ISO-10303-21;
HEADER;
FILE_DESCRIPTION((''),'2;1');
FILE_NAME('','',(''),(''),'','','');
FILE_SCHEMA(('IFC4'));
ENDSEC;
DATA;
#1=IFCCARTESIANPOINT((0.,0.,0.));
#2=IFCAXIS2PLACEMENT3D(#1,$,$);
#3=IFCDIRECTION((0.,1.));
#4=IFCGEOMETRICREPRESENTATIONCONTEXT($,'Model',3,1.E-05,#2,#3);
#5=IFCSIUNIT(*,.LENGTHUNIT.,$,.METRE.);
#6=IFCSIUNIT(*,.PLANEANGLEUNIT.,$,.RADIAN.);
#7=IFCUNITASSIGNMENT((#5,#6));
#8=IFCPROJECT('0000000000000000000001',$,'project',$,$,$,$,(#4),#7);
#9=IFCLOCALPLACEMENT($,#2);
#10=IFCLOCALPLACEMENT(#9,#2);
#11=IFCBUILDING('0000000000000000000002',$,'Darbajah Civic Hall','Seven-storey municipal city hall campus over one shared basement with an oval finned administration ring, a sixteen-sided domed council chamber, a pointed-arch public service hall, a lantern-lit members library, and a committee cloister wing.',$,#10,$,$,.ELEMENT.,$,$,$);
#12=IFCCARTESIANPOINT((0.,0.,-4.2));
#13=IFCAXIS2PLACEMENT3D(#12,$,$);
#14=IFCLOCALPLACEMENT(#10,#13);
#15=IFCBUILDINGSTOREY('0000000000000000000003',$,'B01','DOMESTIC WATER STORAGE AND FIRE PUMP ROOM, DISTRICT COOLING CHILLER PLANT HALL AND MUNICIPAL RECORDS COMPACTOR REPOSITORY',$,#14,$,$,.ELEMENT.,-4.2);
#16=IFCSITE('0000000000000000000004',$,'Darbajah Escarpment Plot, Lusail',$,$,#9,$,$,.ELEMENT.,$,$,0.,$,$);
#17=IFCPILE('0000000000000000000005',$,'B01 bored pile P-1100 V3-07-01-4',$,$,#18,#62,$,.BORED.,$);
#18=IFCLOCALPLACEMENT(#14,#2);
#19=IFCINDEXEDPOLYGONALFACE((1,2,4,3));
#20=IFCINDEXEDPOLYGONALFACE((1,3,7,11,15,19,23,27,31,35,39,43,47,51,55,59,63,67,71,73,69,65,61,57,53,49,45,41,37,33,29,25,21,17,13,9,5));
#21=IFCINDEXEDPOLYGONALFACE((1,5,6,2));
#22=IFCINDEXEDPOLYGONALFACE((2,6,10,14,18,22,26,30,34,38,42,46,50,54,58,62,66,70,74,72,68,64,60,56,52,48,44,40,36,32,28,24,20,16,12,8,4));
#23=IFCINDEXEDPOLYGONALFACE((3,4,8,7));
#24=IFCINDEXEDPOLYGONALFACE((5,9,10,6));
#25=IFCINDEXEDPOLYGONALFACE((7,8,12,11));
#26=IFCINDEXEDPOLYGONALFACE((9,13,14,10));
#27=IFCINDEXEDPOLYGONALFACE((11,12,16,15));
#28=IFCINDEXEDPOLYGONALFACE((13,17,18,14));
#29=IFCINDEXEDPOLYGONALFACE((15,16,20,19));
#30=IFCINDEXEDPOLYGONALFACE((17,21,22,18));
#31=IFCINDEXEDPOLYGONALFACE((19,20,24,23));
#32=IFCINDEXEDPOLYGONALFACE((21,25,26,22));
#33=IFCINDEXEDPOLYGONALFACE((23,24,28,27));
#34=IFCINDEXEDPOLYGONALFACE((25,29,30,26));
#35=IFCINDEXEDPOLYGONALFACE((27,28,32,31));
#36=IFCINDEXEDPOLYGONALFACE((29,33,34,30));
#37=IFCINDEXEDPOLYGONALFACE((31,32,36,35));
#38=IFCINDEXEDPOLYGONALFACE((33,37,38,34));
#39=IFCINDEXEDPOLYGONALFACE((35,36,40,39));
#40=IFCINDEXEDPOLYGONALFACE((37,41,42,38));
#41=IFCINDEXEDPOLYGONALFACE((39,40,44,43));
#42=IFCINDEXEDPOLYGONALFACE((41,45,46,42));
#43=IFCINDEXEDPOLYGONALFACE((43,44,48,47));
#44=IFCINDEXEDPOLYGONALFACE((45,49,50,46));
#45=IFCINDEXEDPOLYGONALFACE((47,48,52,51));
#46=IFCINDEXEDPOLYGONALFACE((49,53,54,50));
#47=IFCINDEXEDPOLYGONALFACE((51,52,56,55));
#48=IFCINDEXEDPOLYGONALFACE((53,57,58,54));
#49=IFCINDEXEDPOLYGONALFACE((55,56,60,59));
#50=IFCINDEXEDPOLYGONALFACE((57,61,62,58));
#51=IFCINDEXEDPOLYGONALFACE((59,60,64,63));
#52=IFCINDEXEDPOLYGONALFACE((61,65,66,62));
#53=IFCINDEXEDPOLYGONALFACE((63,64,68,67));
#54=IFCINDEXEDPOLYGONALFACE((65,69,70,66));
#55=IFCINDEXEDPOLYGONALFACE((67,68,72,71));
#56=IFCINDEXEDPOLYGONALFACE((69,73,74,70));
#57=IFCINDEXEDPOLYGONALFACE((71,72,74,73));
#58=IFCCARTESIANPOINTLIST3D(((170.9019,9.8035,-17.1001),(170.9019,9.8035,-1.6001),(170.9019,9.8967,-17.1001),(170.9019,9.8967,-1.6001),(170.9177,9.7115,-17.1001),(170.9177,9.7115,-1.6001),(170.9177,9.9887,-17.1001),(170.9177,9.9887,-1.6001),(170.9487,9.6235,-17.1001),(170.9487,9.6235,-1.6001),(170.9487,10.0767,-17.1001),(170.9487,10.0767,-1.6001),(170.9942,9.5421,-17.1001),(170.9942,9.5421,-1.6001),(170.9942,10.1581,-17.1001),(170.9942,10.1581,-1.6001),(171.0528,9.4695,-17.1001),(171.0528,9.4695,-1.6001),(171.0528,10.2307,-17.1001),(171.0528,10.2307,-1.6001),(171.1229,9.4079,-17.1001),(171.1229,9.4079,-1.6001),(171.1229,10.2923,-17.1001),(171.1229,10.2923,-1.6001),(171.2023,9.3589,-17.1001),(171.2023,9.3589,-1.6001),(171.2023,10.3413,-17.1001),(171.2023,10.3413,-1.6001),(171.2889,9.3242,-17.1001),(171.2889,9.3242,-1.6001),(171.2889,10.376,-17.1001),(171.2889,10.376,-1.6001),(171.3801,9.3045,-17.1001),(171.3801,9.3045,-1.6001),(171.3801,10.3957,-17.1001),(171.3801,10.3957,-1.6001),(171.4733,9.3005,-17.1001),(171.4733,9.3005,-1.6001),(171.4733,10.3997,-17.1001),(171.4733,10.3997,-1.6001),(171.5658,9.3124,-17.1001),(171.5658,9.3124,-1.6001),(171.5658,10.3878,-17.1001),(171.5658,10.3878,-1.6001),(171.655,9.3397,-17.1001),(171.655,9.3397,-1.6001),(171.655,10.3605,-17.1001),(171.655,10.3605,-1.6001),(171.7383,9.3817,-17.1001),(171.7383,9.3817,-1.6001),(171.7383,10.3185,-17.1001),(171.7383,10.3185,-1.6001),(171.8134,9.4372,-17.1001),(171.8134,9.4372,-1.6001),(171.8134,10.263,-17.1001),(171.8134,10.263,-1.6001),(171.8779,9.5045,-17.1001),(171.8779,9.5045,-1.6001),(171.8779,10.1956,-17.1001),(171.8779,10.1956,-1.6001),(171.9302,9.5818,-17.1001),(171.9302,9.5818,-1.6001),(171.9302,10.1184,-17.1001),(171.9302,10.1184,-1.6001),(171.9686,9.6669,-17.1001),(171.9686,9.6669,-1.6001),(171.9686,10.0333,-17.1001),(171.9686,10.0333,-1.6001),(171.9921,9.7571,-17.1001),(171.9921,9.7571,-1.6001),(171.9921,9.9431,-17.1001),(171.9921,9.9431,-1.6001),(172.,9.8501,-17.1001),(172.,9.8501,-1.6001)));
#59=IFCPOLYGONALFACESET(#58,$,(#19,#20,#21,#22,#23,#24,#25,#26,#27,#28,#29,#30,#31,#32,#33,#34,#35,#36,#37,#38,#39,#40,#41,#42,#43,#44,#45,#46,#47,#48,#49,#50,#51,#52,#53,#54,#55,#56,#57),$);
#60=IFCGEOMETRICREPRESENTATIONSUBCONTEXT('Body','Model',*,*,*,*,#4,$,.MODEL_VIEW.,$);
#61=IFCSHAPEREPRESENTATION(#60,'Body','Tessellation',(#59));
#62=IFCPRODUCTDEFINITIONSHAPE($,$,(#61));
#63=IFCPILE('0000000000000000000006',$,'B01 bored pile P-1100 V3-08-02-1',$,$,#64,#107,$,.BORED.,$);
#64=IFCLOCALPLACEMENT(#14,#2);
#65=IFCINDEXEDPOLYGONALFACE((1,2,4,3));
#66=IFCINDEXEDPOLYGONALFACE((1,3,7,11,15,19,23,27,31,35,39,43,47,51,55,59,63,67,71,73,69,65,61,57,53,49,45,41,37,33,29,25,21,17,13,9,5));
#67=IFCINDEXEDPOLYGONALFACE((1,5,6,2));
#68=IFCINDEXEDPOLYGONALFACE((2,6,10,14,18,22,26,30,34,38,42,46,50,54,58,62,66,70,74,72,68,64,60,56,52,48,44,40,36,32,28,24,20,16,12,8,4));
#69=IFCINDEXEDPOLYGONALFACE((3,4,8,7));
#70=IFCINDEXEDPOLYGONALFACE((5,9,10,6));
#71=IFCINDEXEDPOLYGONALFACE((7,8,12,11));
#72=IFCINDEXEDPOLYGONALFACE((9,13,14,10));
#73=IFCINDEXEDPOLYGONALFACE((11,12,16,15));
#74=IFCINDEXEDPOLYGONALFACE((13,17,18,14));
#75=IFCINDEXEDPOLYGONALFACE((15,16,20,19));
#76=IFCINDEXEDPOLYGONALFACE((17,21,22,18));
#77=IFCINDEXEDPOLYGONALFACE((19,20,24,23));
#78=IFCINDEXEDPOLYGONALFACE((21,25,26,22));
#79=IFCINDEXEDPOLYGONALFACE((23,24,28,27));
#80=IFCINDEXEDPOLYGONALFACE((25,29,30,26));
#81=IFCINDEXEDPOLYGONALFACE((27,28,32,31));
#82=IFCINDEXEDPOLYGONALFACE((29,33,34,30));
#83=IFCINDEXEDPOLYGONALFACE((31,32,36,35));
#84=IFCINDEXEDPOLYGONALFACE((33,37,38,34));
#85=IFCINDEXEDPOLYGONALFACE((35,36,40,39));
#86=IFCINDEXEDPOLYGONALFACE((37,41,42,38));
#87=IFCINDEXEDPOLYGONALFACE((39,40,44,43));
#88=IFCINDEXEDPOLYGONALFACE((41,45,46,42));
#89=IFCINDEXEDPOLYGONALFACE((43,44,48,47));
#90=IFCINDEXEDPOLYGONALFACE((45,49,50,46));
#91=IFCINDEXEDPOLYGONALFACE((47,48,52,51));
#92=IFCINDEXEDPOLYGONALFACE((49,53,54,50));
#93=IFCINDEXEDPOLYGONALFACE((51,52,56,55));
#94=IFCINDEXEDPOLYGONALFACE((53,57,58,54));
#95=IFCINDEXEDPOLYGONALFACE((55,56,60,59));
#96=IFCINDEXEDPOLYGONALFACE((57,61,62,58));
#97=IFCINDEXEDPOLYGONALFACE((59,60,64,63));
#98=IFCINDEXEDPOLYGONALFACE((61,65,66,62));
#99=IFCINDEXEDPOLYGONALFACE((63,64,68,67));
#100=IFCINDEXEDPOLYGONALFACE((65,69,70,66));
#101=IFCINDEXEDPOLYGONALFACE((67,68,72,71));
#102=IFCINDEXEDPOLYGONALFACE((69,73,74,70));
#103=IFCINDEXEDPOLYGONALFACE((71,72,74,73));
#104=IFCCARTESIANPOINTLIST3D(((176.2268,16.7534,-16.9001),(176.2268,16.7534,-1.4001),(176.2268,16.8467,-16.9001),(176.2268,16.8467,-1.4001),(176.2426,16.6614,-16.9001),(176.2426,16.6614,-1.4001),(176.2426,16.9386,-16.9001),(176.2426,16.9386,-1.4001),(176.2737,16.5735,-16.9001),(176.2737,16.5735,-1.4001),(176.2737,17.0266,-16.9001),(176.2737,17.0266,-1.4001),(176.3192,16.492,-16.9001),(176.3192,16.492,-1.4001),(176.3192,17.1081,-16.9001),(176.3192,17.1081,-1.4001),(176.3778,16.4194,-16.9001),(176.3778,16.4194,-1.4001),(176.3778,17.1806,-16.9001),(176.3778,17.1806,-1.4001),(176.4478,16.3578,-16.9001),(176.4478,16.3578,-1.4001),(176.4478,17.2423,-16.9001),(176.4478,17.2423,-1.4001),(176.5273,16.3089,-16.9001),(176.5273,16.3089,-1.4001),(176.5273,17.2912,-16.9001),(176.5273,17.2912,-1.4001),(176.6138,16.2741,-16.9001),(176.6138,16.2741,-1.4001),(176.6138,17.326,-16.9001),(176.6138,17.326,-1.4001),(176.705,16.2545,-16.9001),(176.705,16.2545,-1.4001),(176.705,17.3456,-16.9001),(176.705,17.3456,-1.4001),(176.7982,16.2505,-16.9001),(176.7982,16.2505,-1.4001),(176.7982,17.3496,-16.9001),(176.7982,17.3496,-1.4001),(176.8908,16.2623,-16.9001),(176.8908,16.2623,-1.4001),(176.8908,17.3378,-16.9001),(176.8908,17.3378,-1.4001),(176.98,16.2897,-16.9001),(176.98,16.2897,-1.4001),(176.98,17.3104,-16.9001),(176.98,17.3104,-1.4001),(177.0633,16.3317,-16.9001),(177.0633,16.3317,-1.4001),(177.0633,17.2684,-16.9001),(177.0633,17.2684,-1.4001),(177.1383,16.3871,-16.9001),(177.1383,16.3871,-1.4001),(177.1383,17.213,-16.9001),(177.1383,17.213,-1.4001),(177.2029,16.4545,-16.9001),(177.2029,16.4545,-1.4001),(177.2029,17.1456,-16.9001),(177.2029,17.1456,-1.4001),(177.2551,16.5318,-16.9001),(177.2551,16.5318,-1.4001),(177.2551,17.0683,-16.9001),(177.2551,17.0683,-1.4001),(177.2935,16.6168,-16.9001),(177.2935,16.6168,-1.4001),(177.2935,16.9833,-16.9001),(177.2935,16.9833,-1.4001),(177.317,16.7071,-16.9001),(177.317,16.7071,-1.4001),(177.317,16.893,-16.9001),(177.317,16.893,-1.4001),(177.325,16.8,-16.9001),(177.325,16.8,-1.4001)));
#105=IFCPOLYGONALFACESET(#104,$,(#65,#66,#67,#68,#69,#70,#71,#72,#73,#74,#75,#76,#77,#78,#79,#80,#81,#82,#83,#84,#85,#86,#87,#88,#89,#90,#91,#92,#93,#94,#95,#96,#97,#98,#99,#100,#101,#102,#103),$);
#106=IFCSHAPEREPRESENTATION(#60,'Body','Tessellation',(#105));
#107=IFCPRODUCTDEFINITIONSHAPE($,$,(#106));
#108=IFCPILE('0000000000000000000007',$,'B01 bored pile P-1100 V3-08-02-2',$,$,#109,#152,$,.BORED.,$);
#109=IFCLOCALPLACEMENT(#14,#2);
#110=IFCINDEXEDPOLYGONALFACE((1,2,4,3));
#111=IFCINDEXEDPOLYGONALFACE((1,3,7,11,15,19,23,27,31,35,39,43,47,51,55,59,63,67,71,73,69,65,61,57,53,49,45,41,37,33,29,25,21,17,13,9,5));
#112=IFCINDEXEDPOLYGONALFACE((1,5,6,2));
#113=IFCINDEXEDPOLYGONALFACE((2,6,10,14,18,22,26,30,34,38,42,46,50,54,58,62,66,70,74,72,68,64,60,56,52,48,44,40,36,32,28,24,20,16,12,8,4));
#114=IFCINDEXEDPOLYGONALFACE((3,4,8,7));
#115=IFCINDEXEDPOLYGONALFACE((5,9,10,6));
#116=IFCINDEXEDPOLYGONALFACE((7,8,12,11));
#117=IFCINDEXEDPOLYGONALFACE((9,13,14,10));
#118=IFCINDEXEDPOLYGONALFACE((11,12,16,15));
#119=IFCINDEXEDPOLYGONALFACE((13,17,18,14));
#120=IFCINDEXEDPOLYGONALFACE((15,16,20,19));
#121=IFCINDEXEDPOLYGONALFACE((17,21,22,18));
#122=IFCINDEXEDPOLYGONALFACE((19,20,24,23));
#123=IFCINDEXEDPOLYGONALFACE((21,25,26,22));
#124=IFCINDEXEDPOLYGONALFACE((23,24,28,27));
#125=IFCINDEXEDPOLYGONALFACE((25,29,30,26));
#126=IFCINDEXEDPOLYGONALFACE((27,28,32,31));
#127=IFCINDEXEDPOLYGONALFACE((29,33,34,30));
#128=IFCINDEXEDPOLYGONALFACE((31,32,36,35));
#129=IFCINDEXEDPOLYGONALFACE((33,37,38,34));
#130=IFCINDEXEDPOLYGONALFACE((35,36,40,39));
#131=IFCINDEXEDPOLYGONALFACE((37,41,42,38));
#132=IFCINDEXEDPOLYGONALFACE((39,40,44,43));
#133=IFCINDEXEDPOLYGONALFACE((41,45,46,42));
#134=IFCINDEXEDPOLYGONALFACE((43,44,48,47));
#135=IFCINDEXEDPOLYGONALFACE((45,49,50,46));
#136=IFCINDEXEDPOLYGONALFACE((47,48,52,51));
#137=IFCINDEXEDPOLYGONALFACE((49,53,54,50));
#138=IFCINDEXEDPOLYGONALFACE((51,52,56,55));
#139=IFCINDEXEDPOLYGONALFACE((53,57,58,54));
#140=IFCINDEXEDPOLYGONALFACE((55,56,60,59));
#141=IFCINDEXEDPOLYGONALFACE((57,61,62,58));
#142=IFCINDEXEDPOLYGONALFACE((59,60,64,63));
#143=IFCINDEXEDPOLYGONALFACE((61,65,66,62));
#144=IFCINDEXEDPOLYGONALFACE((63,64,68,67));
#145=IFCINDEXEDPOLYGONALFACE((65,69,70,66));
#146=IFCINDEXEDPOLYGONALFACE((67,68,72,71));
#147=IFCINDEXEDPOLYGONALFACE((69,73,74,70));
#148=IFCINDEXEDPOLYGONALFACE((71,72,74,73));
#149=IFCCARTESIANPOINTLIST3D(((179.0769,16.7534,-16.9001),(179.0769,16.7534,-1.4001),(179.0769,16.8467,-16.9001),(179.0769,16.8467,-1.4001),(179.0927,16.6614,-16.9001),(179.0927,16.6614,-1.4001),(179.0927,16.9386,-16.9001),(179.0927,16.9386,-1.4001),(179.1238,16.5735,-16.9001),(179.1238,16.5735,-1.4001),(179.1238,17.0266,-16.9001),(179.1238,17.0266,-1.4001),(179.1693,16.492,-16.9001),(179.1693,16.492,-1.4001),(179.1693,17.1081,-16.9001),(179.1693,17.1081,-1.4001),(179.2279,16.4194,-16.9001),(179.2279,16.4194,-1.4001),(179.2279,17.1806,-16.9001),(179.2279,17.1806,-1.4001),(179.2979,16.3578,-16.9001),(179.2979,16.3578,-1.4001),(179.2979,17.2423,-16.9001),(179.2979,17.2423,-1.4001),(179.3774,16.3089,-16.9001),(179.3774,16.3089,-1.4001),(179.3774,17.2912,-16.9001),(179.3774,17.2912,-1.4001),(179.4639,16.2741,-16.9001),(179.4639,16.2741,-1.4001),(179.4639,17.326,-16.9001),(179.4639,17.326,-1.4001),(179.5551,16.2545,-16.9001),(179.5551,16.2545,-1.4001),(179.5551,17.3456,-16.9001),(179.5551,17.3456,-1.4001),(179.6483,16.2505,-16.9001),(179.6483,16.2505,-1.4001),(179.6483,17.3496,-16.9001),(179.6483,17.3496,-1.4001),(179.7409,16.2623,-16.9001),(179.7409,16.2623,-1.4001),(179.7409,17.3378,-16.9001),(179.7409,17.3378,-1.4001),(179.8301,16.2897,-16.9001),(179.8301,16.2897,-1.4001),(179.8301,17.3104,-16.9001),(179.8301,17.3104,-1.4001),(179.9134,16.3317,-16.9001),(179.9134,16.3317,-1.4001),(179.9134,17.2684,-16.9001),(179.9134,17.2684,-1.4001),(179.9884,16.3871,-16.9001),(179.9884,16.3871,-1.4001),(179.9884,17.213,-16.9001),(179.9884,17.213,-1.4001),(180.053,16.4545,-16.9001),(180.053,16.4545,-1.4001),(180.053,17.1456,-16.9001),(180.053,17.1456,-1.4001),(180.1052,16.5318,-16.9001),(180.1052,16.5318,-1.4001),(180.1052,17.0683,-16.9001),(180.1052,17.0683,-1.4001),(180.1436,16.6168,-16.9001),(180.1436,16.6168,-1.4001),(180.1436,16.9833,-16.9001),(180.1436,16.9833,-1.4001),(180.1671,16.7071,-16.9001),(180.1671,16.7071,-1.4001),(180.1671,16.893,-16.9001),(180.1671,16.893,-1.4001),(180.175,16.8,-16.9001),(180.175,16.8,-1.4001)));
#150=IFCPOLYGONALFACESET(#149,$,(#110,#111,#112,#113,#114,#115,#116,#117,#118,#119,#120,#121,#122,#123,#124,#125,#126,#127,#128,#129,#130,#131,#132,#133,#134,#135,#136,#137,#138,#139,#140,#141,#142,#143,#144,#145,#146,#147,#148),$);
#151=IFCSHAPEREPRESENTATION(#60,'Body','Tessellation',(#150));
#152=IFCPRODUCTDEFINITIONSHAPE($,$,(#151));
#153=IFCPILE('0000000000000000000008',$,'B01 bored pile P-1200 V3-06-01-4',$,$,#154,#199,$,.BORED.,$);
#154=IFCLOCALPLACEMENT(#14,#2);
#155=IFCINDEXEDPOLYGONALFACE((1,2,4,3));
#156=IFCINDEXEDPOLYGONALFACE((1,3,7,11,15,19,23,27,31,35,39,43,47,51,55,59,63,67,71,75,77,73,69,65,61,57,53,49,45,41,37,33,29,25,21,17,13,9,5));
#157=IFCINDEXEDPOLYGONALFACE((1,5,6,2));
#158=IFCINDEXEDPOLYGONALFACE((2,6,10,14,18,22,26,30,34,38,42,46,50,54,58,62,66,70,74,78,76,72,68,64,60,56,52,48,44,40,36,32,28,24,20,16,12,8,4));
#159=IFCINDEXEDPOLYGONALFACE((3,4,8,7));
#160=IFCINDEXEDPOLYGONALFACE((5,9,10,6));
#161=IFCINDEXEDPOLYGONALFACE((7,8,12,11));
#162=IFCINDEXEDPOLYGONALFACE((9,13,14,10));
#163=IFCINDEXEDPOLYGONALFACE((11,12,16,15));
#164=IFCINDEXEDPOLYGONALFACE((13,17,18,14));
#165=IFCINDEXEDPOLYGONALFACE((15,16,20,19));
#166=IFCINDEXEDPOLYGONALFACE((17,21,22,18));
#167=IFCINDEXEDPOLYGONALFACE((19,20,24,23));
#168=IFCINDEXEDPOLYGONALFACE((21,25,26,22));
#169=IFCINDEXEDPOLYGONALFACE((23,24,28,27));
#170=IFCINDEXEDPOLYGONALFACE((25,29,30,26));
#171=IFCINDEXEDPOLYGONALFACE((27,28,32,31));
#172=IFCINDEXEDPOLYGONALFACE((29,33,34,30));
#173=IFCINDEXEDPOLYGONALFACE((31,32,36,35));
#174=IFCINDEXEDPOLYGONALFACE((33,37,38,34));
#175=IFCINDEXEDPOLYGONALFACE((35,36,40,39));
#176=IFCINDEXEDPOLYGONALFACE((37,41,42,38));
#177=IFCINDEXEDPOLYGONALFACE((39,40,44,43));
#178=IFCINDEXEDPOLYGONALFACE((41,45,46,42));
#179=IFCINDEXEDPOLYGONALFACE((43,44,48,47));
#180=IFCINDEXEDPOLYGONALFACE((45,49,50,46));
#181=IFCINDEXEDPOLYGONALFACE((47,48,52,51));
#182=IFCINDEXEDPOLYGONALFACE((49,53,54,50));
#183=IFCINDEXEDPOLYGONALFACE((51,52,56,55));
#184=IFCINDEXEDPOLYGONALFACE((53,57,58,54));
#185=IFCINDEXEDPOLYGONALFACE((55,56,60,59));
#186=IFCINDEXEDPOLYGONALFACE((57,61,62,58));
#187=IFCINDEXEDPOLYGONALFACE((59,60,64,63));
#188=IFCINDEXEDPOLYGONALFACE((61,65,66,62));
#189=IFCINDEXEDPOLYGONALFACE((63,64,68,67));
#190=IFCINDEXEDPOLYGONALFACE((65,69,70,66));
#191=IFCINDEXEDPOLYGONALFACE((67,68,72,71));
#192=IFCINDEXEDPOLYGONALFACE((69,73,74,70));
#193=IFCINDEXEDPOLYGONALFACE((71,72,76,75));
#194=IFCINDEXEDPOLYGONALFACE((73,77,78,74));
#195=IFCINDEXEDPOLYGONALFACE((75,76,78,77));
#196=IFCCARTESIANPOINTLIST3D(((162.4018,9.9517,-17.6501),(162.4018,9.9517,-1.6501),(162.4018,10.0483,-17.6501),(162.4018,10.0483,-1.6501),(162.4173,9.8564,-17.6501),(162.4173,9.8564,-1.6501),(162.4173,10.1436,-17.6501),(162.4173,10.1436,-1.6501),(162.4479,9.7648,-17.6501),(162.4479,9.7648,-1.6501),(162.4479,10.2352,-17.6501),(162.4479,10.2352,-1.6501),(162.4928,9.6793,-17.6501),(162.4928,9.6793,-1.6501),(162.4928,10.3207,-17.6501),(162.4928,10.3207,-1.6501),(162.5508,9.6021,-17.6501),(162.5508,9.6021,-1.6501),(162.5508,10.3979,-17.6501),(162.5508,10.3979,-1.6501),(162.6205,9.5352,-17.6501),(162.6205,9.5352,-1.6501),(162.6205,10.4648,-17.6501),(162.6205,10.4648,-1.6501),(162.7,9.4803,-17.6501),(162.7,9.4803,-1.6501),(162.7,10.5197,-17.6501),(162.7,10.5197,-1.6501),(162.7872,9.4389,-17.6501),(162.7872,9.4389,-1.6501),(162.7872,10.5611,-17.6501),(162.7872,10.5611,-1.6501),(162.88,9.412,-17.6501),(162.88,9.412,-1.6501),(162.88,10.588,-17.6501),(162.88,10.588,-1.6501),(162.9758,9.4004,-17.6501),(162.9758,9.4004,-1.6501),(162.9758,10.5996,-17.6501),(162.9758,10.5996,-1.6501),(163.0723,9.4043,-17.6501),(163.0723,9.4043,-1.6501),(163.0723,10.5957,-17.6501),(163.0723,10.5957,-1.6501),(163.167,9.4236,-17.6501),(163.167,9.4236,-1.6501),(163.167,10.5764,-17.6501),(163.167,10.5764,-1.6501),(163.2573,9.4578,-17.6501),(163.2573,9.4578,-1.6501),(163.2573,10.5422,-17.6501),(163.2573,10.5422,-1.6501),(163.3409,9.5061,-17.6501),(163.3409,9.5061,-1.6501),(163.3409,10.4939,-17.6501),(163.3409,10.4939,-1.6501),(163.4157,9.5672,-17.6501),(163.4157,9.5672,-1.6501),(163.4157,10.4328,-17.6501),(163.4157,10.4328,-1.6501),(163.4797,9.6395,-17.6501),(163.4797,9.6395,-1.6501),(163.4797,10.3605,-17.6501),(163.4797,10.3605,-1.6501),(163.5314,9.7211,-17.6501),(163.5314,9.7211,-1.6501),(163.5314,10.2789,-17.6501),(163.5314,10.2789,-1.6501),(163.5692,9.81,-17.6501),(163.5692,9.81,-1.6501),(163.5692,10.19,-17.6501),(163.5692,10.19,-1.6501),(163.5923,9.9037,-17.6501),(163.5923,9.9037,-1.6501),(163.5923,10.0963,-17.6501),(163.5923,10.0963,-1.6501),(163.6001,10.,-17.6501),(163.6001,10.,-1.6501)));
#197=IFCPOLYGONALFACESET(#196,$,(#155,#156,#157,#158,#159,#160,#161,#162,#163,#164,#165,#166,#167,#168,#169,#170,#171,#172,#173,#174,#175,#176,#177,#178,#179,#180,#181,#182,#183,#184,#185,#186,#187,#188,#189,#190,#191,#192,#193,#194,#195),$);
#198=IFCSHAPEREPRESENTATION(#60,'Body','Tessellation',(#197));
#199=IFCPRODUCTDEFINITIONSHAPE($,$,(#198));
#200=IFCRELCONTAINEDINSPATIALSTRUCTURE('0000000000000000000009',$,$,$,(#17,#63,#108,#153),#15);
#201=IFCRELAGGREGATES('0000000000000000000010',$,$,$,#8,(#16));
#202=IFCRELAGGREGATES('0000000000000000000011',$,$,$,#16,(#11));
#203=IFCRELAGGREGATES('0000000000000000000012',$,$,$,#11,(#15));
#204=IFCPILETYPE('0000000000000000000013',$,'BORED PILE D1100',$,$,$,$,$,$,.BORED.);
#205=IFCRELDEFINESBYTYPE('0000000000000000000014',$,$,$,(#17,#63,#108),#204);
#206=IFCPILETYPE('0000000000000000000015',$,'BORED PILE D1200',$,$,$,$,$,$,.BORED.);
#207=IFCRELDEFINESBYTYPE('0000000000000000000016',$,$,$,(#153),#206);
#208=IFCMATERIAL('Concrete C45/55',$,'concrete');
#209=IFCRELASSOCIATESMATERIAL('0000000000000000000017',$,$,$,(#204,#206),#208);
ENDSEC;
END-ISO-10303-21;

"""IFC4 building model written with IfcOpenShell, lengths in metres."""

from ifc_helpers import new_model, si_unit, direction, frame, origin, origin_2d, place, context, subcontext, project, spatial, circle, extrude, material, material_profile, profile_set, type_object, element, save


model = new_model("IFC4")

# Units and contexts
model_context = context("Model", 3, precision=1e-05, world=origin(), true_north=direction((0.0, 1.0)))
body_context = subcontext(model_context, "Body", "Model", "MODEL_VIEW")
ifc_project = project(units=[si_unit("LENGTHUNIT", "METRE"), si_unit("PLANEANGLEUNIT", "RADIAN")], contexts=[model_context])

# Site, building, storey
site_placement = place(None, origin())
site = spatial("IfcSite", under=ifc_project, at=site_placement, Name="Darbajah Escarpment Plot, Lusail", CompositionType="ELEMENT", RefElevation=0.0)
building_placement = place(site_placement, origin())
building = spatial("IfcBuilding", under=site, at=building_placement, Name="Darbajah Civic Hall", Description="Seven-storey municipal city hall campus over one shared basement with an oval finned administration ring, a sixteen-sided domed council chamber, a pointed-arch public service hall, a lantern-lit members library, and a committee cloister wing.", CompositionType="ELEMENT")
storey_placement = place(building_placement, frame((0.0, 0.0, -4.2)))
storey = spatial("IfcBuildingStorey", under=building, at=storey_placement, Name="B01", Description="DOMESTIC WATER STORAGE AND FIRE PUMP ROOM, DISTRICT COOLING CHILLER PLANT HALL AND MUNICIPAL RECORDS COMPACTOR REPOSITORY", CompositionType="ELEMENT", Elevation=-4.2)

# Piles
ifc_material_1 = material(Name="Concrete C45/55", Category="concrete")
ifc_material_profile_1 = material_profile(ifc_material_1, circle(Radius=0.55, at=origin_2d()), Name="BORED PILE D1100")
ifc_profile_set_1 = profile_set([ifc_material_profile_1], Name="Concrete C45/55")
pile_type_1 = type_object("IfcPileType", Name="BORED PILE D1100", PredefinedType="BORED", material=ifc_profile_set_1)
for number, where, z_axis, x_axis, name in (
    (1, (171.45, 9.8501, -1.6001), (0.0, 0.0, -1.0), (1.0, 0.0, 0.0), "B01 bored pile P-1100 V3-07-01-4"),
    (2, (176.7749, 16.8, -1.4001), (0.0, 0.0, -1.0), (1.0, 0.0, 0.0), "B01 bored pile P-1100 V3-08-02-1"),
    (3, (179.625, 16.8, -1.4001), (0.0, 0.0, -1.0), (1.0, 0.0, 0.0), "B01 bored pile P-1100 V3-08-02-2"),
):
    element("IfcPile", number, at=place(storey_placement, frame(where, z_axis=z_axis, x_axis=x_axis)), inside=storey, type_object=pile_type_1, Name=name, PredefinedType="BORED", context=body_context, shape_type="SweptSolid", body=[
        extrude(circle(Radius=0.55, at=origin_2d()), origin(), (0.0, 0.0, 1.0), 15.5),
    ])
ifc_material_profile_2 = material_profile(ifc_material_1, circle(Radius=0.6001, at=origin_2d()), Name="BORED PILE D1200")
ifc_profile_set_2 = profile_set([ifc_material_profile_2], Name="Concrete C45/55")
pile_type_2 = type_object("IfcPileType", Name="BORED PILE D1200", PredefinedType="BORED", material=ifc_profile_set_2)
pile_placement = place(storey_placement, frame((163.0, 10.0, -1.6501), z_axis=(0.0, 0.0, -1.0), x_axis=(1.0, 0.0, 0.0)))
element("IfcPile", 4, at=pile_placement, inside=storey, type_object=pile_type_2, Name="B01 bored pile P-1200 V3-06-01-4", PredefinedType="BORED", context=body_context, shape_type="SweptSolid", body=[
    extrude(circle(Radius=0.6001, at=origin_2d()), origin(), (0.0, 0.0, 1.0), 16.0),
])

save(model, "model.ifc")
